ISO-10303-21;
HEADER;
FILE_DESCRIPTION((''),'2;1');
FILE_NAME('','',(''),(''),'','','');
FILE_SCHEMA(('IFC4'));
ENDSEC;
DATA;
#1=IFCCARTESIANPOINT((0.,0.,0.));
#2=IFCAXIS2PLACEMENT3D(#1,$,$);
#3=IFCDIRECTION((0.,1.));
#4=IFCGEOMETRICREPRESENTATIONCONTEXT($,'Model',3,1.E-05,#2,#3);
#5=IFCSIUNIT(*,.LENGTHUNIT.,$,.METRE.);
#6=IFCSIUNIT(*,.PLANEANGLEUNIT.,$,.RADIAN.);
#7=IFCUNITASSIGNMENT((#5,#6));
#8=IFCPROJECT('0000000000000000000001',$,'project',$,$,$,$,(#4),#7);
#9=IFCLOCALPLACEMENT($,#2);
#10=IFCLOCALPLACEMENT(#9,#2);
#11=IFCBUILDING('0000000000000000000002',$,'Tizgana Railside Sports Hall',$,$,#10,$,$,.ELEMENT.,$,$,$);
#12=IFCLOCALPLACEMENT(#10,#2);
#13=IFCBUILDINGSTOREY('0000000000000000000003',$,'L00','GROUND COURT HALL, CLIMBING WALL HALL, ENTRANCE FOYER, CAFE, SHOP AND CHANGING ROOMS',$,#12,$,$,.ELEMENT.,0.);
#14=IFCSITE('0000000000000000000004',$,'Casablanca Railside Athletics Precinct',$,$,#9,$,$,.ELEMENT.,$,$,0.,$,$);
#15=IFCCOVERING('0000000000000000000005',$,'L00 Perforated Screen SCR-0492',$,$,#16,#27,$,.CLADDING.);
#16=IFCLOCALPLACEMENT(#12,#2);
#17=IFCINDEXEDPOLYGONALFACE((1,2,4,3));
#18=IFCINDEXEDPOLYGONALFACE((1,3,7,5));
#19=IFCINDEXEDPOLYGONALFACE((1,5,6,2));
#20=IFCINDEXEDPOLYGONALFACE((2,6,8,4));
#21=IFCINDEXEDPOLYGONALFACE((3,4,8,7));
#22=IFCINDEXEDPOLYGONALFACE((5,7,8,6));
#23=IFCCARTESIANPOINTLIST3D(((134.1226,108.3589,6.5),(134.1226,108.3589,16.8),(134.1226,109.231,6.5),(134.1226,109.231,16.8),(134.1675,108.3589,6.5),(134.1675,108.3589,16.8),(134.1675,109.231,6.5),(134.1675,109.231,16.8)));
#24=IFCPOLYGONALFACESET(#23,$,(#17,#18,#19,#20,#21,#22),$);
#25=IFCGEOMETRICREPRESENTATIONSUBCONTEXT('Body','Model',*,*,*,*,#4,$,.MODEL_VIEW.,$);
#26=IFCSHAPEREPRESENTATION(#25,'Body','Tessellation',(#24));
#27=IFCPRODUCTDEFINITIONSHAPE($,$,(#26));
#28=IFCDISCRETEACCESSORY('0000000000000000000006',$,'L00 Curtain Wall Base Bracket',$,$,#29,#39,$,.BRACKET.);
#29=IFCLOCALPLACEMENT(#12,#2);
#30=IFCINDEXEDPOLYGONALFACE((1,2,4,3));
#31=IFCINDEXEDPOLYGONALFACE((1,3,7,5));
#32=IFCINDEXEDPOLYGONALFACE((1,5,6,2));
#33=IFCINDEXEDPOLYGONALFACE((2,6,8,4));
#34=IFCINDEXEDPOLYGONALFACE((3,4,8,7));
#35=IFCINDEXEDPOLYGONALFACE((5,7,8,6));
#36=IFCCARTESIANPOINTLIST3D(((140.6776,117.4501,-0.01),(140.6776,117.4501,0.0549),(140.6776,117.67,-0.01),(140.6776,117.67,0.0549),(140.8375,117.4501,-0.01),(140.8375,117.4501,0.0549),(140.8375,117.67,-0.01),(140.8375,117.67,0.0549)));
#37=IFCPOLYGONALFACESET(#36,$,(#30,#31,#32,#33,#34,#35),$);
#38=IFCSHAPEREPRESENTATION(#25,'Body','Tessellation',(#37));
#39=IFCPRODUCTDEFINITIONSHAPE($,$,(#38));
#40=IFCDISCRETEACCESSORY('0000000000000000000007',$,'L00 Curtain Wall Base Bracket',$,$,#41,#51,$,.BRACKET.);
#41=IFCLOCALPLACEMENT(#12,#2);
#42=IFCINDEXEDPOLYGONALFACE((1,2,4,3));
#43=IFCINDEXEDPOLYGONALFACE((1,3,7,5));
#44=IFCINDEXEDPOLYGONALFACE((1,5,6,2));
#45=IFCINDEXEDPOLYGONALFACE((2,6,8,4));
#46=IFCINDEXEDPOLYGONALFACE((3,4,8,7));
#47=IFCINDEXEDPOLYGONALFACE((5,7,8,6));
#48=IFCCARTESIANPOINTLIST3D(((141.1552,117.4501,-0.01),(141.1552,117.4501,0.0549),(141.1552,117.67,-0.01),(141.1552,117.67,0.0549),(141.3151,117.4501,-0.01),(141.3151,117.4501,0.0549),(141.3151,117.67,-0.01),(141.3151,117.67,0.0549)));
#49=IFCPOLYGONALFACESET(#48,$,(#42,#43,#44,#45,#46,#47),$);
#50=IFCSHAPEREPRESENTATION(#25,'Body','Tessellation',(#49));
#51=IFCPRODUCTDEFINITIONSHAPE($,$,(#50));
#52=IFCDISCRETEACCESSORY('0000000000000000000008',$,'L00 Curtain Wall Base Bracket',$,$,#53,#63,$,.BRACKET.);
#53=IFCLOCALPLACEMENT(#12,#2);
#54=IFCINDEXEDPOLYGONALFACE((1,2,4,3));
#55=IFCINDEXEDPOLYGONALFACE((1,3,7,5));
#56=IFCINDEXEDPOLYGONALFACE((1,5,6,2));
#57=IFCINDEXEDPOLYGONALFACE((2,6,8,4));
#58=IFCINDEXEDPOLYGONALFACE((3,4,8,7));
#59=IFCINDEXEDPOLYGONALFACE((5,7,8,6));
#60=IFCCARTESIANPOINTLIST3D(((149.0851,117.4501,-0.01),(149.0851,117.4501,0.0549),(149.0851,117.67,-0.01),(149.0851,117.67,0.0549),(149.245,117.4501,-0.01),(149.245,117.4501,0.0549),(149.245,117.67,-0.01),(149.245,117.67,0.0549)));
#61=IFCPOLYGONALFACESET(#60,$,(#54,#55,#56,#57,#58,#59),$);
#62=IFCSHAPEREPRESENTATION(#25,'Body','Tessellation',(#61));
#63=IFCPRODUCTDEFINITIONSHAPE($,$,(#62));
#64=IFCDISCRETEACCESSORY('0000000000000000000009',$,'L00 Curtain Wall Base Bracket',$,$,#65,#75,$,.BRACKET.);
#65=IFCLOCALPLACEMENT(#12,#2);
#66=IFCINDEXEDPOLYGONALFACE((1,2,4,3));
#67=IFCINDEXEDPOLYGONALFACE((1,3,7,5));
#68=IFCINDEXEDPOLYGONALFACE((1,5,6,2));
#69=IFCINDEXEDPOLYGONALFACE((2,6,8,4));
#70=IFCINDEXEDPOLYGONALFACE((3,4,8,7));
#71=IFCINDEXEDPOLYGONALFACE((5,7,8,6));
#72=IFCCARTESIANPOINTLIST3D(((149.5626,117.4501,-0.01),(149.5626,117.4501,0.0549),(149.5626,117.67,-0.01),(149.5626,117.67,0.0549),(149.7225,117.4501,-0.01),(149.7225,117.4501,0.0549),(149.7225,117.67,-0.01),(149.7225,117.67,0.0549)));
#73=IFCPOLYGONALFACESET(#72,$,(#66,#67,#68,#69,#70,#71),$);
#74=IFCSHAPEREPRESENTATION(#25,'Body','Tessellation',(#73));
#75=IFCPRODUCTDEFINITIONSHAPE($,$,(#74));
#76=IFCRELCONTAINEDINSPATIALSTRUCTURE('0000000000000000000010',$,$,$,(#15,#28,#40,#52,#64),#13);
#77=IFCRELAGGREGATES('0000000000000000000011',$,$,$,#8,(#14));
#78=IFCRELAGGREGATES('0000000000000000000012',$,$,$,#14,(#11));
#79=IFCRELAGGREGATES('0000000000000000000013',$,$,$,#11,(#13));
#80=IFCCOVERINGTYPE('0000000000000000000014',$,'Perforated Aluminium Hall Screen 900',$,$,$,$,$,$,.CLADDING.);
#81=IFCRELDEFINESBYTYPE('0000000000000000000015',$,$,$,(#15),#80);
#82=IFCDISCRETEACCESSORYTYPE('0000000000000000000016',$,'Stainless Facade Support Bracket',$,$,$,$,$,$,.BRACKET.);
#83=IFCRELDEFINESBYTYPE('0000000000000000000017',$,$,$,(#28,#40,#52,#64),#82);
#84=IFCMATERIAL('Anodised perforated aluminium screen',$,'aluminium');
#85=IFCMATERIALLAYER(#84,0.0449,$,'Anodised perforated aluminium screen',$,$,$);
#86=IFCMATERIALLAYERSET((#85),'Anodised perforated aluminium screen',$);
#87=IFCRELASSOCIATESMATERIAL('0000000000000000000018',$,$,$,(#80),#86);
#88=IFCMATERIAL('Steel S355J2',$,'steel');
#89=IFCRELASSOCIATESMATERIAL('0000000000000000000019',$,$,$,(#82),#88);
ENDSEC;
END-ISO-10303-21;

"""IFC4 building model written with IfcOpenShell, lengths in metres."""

from ifc_helpers import new_model, si_unit, direction, frame, origin, origin_2d, place, context, subcontext, project, spatial, rectangle, extrude, material, layer, layer_set, type_object, element, save


model = new_model("IFC4")

# Units and contexts
model_context = context("Model", 3, precision=1e-05, world=origin(), true_north=direction((0.0, 1.0)))
body_context = subcontext(model_context, "Body", "Model", "MODEL_VIEW")
ifc_project = project(units=[si_unit("LENGTHUNIT", "METRE"), si_unit("PLANEANGLEUNIT", "RADIAN")], contexts=[model_context])

# Site, building, storey
site_placement = place(None, origin())
site = spatial("IfcSite", under=ifc_project, at=site_placement, Name="Casablanca Railside Athletics Precinct", CompositionType="ELEMENT", RefElevation=0.0)
building_placement = place(site_placement, origin())
building = spatial("IfcBuilding", under=site, at=building_placement, Name="Tizgana Railside Sports Hall", CompositionType="ELEMENT")
storey_placement = place(building_placement, origin())
storey = spatial("IfcBuildingStorey", under=building, at=storey_placement, Name="L00", Description="GROUND COURT HALL, CLIMBING WALL HALL, ENTRANCE FOYER, CAFE, SHOP AND CHANGING ROOMS", CompositionType="ELEMENT", Elevation=0.0)

# Shared definitions
ifc_material_1 = material(Name="Steel S355J2", Category="steel")

# Covering
ifc_material_2 = material(Name="Anodised perforated aluminium screen", Category="aluminium")
ifc_layer_1 = layer(ifc_material_2, 0.0449, Name="Anodised perforated aluminium screen")
ifc_layer_set_1 = layer_set([ifc_layer_1], Name="Anodised perforated aluminium screen")
covering_type = type_object("IfcCoveringType", Name="Perforated Aluminium Hall Screen 900", PredefinedType="CLADDING", material=ifc_layer_set_1)
for number, where, z_axis, x_axis, name in (
    (1, (134.145, 108.7949, 6.5), (0.0, 0.0, 1.0), (0.0, -1.0, 0.0), "L00 Perforated Screen SCR-0492"),
):
    element("IfcCovering", number, at=place(storey_placement, frame(where, z_axis=z_axis, x_axis=x_axis)), inside=storey, type_object=covering_type, Name=name, PredefinedType="CLADDING", context=body_context, shape_type="SweptSolid", body=[
        extrude(rectangle(XDim=0.8721, YDim=0.0449, at=origin_2d()), origin(), (0.0, 0.0, 1.0), 10.3),
    ])

# Discrete accessories
discrete_accessory_type = type_object("IfcDiscreteAccessoryType", Name="Stainless Facade Support Bracket", PredefinedType="BRACKET", material=ifc_material_1)
for number, where, z_axis, x_axis, name in (
    (2, (140.7576, 117.5601, -0.01), (0.0, 0.0, 1.0), (1.0, 0.0, 0.0), "L00 Curtain Wall Base Bracket"),
    (3, (141.2351, 117.5601, -0.01), (0.0, 0.0, 1.0), (1.0, 0.0, 0.0), "L00 Curtain Wall Base Bracket"),
    (4, (149.165, 117.5601, -0.01), (0.0, 0.0, 1.0), (1.0, 0.0, 0.0), "L00 Curtain Wall Base Bracket"),
    (5, (149.6426, 117.5601, -0.01), (0.0, 0.0, 1.0), (1.0, 0.0, 0.0), "L00 Curtain Wall Base Bracket"),
):
    element("IfcDiscreteAccessory", number, at=place(storey_placement, frame(where, z_axis=z_axis, x_axis=x_axis)), inside=storey, type_object=discrete_accessory_type, Name=name, PredefinedType="BRACKET", context=body_context, shape_type="SweptSolid", body=[
        extrude(rectangle(XDim=0.1599, YDim=0.22, at=origin_2d()), origin(), (0.0, 0.0, 1.0), 0.0649),
    ])

save(model, "model.ifc")
